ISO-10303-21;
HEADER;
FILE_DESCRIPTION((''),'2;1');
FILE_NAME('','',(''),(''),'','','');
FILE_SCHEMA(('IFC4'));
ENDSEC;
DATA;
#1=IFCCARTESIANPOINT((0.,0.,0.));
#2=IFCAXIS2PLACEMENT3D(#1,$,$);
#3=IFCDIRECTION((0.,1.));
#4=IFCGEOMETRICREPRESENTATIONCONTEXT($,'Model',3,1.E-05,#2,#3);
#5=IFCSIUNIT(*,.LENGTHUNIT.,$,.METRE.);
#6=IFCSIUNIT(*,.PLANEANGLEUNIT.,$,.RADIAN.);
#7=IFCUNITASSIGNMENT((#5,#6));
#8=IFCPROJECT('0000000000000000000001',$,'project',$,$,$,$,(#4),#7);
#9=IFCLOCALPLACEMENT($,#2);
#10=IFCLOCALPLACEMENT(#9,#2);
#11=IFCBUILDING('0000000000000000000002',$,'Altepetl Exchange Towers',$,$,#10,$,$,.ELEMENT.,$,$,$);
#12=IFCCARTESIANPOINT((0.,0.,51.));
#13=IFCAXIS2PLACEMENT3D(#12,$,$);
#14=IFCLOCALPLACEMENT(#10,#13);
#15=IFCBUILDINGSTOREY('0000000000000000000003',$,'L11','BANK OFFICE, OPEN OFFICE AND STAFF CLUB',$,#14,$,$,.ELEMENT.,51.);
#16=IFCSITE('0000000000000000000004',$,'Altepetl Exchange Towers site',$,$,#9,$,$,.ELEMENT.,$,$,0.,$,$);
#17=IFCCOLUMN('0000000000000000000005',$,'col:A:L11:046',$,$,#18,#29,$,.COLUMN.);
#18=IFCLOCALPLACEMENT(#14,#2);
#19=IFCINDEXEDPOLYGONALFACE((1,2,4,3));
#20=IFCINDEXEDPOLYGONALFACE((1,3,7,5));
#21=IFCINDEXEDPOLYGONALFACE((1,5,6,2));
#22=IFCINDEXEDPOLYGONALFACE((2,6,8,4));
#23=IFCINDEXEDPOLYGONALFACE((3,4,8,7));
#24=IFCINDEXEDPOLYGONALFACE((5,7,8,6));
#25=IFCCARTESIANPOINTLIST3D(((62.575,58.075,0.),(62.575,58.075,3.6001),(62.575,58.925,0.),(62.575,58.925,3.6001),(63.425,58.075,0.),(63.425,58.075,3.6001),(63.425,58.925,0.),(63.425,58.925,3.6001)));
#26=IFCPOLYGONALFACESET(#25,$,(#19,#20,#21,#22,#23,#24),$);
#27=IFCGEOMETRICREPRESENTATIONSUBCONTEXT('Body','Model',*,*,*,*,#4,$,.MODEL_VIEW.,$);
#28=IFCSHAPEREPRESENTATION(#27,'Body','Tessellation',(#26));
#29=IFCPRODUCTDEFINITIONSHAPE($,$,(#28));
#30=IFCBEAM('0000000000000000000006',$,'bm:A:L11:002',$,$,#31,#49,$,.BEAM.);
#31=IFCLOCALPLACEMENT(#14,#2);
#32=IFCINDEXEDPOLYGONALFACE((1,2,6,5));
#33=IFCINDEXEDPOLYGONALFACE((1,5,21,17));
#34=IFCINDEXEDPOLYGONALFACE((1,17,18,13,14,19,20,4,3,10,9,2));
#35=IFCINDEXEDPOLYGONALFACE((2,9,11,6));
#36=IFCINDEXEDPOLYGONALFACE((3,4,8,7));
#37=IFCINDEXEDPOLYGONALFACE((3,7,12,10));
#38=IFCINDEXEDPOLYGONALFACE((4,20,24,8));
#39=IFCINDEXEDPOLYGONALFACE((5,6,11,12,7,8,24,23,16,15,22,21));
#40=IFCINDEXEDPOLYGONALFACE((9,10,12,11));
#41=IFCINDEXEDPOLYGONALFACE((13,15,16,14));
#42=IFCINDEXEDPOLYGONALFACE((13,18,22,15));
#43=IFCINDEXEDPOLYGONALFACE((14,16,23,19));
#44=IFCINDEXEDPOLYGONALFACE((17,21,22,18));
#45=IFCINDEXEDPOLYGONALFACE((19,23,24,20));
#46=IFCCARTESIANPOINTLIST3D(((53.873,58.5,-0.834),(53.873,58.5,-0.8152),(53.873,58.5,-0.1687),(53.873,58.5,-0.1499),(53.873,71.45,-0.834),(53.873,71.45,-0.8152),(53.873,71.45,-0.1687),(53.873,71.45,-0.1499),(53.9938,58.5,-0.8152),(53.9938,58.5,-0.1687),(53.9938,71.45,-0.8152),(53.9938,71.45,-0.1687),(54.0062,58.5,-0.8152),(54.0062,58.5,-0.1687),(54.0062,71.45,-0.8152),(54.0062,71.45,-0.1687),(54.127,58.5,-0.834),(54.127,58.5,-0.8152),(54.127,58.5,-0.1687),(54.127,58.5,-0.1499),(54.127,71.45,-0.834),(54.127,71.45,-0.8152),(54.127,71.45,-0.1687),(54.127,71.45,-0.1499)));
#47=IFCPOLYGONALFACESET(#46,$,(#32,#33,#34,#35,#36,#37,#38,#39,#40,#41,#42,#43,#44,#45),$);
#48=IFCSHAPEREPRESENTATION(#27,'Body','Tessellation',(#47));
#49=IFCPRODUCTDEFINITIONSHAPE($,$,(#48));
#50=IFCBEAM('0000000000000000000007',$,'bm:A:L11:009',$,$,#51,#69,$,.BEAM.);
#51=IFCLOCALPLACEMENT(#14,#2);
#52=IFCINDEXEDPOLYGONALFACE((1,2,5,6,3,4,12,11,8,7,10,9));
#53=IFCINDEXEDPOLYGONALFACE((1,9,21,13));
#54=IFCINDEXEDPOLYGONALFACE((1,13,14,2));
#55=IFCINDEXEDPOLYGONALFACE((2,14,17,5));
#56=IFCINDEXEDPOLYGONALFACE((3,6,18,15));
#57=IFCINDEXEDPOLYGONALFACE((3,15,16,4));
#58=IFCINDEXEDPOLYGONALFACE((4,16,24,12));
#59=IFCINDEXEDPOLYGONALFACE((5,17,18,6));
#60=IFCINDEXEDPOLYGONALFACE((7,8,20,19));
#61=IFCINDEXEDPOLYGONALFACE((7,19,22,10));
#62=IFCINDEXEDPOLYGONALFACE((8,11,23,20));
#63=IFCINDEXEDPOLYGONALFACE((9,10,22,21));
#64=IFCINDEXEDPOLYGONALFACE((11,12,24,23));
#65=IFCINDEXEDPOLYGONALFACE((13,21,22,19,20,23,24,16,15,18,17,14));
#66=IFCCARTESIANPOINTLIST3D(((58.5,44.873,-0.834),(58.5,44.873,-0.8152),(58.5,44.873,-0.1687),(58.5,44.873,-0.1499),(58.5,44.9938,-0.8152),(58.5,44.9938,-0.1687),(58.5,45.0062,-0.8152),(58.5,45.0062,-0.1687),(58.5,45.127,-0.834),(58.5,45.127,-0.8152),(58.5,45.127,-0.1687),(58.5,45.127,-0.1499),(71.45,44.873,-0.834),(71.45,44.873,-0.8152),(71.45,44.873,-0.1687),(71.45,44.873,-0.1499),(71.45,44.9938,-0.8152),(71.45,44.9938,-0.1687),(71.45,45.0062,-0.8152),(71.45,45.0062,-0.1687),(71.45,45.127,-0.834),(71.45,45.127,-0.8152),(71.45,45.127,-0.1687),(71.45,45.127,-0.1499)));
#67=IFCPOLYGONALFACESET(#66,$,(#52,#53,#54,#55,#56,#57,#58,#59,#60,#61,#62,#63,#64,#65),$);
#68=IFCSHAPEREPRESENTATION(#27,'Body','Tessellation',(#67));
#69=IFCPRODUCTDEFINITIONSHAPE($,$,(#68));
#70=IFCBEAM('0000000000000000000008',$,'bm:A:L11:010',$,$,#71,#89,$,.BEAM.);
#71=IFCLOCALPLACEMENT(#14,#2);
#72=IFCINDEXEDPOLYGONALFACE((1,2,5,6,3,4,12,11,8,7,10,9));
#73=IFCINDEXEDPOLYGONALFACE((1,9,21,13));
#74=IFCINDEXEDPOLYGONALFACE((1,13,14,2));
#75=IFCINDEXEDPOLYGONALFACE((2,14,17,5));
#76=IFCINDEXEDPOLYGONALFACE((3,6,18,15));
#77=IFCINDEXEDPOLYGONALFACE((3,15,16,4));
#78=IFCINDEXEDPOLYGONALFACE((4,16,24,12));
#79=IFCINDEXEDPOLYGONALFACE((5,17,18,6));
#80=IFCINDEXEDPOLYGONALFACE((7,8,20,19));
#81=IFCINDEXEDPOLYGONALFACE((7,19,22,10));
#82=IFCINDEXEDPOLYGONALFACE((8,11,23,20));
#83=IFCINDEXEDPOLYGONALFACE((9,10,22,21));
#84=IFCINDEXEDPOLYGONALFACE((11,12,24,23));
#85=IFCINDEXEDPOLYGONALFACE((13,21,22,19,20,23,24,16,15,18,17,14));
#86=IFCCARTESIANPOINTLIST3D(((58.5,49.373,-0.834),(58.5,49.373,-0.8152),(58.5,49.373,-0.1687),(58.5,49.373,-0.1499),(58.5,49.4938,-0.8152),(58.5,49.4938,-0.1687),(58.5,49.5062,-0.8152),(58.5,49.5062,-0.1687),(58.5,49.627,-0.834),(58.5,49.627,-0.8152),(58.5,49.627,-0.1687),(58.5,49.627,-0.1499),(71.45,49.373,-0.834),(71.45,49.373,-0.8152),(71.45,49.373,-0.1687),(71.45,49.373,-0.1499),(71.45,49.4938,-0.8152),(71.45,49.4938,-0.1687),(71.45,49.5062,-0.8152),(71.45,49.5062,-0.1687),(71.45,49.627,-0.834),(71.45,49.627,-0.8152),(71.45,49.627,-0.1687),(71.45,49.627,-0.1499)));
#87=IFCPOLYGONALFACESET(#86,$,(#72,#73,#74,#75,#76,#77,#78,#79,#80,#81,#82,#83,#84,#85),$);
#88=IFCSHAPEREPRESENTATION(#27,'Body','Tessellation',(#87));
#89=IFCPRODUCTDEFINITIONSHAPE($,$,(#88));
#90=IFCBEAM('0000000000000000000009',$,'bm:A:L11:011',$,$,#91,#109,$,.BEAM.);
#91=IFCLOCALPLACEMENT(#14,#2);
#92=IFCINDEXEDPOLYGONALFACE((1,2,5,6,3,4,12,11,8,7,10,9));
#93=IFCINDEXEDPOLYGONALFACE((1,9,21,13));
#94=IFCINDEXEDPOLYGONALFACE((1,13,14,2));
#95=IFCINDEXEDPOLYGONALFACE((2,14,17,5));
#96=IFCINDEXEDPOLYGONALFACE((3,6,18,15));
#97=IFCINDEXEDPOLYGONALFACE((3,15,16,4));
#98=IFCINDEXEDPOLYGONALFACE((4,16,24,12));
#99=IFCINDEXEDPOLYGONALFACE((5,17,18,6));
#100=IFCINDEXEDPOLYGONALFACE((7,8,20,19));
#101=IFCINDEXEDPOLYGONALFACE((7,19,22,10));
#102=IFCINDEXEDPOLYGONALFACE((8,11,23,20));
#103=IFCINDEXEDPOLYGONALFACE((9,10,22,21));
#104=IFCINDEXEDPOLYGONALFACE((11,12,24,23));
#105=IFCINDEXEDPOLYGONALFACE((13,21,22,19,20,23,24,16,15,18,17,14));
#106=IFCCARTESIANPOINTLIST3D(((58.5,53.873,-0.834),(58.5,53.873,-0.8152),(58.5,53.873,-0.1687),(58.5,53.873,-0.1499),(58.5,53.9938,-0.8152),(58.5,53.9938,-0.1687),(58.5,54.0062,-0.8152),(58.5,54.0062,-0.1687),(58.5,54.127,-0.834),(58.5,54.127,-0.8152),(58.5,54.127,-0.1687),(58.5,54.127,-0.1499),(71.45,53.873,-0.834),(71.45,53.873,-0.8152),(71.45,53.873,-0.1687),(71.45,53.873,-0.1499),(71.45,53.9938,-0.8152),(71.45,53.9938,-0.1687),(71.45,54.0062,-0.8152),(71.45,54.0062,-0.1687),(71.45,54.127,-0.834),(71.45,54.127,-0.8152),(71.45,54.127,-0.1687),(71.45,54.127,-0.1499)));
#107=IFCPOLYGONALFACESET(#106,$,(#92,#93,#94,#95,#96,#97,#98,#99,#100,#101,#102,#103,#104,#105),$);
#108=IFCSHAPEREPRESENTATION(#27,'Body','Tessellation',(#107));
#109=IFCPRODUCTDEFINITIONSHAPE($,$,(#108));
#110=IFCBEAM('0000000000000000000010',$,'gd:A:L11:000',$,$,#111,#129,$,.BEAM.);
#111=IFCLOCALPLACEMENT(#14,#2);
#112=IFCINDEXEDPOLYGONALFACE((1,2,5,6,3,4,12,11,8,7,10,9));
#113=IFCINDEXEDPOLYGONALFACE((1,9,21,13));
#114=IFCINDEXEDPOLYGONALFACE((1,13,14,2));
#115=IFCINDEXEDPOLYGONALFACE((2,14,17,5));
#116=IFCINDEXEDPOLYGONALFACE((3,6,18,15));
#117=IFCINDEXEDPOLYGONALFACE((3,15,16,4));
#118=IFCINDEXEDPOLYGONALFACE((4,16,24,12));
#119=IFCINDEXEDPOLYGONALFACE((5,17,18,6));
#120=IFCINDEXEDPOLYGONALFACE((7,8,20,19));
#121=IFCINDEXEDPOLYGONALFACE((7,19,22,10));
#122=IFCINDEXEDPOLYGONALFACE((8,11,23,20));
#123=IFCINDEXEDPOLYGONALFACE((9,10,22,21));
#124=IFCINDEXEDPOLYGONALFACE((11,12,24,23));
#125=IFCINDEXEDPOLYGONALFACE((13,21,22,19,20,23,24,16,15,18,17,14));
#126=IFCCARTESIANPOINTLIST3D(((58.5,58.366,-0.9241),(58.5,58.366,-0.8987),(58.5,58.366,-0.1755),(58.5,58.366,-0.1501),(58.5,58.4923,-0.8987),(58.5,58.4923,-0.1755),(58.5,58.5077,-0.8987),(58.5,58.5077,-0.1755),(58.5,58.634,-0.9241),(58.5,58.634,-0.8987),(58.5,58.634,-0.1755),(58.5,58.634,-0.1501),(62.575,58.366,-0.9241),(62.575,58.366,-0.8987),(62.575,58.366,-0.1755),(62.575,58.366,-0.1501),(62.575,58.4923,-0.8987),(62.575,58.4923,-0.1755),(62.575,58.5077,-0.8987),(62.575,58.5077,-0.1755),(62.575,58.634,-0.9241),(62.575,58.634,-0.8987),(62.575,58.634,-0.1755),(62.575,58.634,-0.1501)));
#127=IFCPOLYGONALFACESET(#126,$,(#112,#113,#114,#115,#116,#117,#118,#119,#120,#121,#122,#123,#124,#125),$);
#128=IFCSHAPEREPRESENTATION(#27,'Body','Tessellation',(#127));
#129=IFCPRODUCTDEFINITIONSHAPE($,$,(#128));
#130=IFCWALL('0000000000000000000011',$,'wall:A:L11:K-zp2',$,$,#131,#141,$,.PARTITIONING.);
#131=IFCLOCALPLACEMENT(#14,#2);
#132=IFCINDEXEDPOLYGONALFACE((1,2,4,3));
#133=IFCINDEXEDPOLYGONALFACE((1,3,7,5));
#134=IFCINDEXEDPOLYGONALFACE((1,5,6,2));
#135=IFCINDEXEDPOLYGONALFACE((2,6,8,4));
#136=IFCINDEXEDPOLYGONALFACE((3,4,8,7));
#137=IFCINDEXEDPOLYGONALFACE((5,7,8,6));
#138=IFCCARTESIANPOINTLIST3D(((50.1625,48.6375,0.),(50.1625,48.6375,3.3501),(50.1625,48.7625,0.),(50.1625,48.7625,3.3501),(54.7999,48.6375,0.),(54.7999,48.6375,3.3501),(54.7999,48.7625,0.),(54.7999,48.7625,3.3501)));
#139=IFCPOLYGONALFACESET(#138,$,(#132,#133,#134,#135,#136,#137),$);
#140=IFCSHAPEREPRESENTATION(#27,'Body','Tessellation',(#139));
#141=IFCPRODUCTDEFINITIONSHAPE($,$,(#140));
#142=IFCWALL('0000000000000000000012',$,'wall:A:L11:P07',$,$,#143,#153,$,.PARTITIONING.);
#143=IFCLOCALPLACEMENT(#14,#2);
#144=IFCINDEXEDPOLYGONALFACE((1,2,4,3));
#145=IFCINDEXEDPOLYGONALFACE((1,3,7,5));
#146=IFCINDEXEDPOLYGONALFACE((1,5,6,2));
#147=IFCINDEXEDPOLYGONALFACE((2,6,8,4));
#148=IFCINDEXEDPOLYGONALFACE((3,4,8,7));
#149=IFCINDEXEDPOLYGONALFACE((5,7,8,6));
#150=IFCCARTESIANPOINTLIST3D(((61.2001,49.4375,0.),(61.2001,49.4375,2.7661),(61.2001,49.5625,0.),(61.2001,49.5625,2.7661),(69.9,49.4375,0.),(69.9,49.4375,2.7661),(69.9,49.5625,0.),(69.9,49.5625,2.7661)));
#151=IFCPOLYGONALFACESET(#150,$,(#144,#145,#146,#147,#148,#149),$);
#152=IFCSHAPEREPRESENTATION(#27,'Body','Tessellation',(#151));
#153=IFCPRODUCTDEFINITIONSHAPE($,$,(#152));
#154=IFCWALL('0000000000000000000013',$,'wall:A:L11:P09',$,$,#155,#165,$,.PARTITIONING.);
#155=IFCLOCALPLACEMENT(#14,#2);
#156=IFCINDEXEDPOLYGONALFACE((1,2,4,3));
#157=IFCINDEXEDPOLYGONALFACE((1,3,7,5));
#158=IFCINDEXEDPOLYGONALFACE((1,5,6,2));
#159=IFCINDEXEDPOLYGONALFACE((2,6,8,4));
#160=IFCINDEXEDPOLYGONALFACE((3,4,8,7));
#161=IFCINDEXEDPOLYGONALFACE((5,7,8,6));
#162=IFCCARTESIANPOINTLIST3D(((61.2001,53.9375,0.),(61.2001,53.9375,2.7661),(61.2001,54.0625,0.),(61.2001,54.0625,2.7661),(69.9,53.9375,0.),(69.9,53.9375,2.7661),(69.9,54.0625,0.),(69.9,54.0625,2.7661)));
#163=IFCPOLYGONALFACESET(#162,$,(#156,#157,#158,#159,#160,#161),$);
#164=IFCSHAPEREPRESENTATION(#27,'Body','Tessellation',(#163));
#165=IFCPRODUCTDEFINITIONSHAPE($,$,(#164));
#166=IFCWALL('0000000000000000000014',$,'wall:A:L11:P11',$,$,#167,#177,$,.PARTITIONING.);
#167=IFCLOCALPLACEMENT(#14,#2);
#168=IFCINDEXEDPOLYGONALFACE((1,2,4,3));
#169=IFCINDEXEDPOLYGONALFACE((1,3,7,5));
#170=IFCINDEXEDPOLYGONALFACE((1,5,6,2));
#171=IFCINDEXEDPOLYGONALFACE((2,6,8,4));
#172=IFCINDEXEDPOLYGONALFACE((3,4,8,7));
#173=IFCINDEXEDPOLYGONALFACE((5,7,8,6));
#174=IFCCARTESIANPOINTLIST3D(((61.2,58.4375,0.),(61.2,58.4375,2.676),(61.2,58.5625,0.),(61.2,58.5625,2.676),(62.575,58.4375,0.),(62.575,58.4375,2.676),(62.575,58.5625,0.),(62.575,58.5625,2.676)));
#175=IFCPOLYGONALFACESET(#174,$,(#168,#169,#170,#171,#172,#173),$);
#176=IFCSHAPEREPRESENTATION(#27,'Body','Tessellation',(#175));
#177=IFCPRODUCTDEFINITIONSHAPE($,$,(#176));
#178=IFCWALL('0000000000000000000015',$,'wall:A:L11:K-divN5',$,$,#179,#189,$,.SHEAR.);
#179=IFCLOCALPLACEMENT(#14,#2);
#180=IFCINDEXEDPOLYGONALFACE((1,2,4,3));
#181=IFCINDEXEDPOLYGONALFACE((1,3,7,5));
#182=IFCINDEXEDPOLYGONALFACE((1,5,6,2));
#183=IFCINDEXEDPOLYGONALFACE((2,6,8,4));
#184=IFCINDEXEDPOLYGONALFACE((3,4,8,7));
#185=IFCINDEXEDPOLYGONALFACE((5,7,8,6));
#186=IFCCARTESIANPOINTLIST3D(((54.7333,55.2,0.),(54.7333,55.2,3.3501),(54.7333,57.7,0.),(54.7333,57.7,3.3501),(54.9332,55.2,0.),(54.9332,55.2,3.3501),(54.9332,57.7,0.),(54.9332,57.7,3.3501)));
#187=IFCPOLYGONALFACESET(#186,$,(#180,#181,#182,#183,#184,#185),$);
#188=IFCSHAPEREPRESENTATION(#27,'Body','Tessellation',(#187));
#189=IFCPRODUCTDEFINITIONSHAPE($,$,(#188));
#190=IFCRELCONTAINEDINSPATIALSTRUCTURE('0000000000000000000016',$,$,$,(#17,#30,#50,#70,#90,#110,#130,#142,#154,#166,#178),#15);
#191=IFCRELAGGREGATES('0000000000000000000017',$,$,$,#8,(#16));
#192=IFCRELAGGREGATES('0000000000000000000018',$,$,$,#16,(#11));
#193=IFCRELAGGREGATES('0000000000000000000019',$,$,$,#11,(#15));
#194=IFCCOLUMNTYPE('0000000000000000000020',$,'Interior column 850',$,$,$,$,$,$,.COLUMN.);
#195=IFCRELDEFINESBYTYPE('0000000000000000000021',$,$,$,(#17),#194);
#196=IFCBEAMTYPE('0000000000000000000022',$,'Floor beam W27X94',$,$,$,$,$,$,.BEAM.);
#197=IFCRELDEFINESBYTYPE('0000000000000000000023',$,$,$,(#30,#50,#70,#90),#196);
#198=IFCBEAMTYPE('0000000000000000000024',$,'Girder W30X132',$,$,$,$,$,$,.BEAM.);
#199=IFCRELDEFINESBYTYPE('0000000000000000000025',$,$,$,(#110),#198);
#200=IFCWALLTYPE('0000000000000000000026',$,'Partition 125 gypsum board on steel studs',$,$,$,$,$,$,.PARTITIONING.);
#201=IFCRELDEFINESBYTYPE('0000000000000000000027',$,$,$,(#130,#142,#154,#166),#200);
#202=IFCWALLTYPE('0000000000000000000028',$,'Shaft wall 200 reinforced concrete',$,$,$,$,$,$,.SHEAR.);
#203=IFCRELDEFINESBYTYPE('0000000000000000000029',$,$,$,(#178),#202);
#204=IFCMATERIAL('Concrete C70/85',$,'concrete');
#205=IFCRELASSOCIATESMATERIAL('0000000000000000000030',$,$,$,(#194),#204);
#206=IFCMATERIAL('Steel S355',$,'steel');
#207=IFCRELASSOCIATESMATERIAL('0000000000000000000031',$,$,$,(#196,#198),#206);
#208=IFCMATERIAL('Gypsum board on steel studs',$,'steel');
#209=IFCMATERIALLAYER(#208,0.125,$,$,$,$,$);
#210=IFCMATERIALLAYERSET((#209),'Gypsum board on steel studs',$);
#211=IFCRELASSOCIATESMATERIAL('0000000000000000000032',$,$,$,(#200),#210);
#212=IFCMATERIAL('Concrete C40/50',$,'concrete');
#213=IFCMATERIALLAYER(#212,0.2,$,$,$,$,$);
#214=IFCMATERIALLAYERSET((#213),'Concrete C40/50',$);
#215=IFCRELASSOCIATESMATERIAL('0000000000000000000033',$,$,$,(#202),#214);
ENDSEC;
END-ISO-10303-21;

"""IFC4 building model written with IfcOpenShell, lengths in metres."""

from ifc_helpers import new_model, si_unit, direction, frame, frame_2d, origin, origin_2d, place, context, subcontext, project, spatial, rectangle, i_section, extrude, material, layer, layer_set, material_profile, profile_set, type_object, element, save


model = new_model("IFC4")

# Units and contexts
model_context = context("Model", 3, precision=1e-05, world=origin(), true_north=direction((0.0, 1.0)))
body_context = subcontext(model_context, "Body", "Model", "MODEL_VIEW")
ifc_project = project(units=[si_unit("LENGTHUNIT", "METRE"), si_unit("PLANEANGLEUNIT", "RADIAN")], contexts=[model_context])

# Site, building, storey
site_placement = place(None, origin())
site = spatial("IfcSite", under=ifc_project, at=site_placement, Name="Altepetl Exchange Towers site", CompositionType="ELEMENT", RefElevation=0.0)
building_placement = place(site_placement, origin())
building = spatial("IfcBuilding", under=site, at=building_placement, Name="Altepetl Exchange Towers", CompositionType="ELEMENT")
storey_placement = place(building_placement, frame((0.0, 0.0, 51.0)))
storey = spatial("IfcBuildingStorey", under=building, at=storey_placement, Name="L11", Description="BANK OFFICE, OPEN OFFICE AND STAFF CLUB", CompositionType="ELEMENT", Elevation=51.0)

# Column
ifc_material_1 = material(Name="Concrete C70/85", Category="concrete")
ifc_material_profile_1 = material_profile(ifc_material_1, rectangle(XDim=0.8501, YDim=0.8501, at=origin_2d()), Name="850 x 850")
ifc_profile_set_1 = profile_set([ifc_material_profile_1], Name="Concrete C70/85")
column_type = type_object("IfcColumnType", Name="Interior column 850", PredefinedType="COLUMN", material=ifc_profile_set_1)
column_placement = place(storey_placement, frame((63.0, 58.5, 0.0)))
element("IfcColumn", 1, at=column_placement, inside=storey, type_object=column_type, Name="col:A:L11:046", PredefinedType="COLUMN", context=body_context, shape_type="SweptSolid", body=[
    extrude(rectangle(XDim=0.8501, YDim=0.8501, at=origin_2d()), origin(), (0.0, 0.0, 1.0), 3.6001),
])

# Beams
ifc_material_2 = material(Name="Steel S355", Category="steel")
ifc_material_profile_2 = material_profile(ifc_material_2, i_section(OverallWidth=0.2539, OverallDepth=0.6841, WebThickness=0.0125, FlangeThickness=0.0188, at=origin_2d()), Name="W27X94")
ifc_profile_set_2 = profile_set([ifc_material_profile_2], Name="Steel S355")
beam_type_1 = type_object("IfcBeamType", Name="Floor beam W27X94", PredefinedType="BEAM", material=ifc_profile_set_2)
for number, where, z_axis, x_axis, name in (
    (2, (54.0, 58.5, -0.4919), (0.0, 1.0, 0.0), (-1.0, 0.0, 0.0), "bm:A:L11:002"),
    (3, (58.5, 45.0, -0.4919), (1.0, 0.0, 0.0), (0.0, 1.0, 0.0), "bm:A:L11:009"),
    (4, (58.5, 49.5, -0.4919), (1.0, 0.0, 0.0), (0.0, 1.0, 0.0), "bm:A:L11:010"),
    (5, (58.5, 54.0, -0.4919), (1.0, 0.0, 0.0), (0.0, 1.0, 0.0), "bm:A:L11:011"),
):
    element("IfcBeam", number, at=place(storey_placement, frame(where, z_axis=z_axis, x_axis=x_axis)), inside=storey, type_object=beam_type_1, Name=name, PredefinedType="BEAM", context=body_context, shape_type="SweptSolid", body=[
        extrude(i_section(OverallWidth=0.2539, OverallDepth=0.6841, WebThickness=0.0125, FlangeThickness=0.0188, at=origin_2d()), origin(), (0.0, 0.0, 1.0), 12.95),
    ])
ifc_material_profile_3 = material_profile(ifc_material_2, i_section(OverallWidth=0.2681, OverallDepth=0.7739, WebThickness=0.0154, FlangeThickness=0.0254, at=origin_2d()), Name="W30X132")
ifc_profile_set_3 = profile_set([ifc_material_profile_3], Name="Steel S355")
beam_type_2 = type_object("IfcBeamType", Name="Girder W30X132", PredefinedType="BEAM", material=ifc_profile_set_3)
beam_placement = place(storey_placement, frame((58.5, 58.5, -0.5371), z_axis=(1.0, 0.0, 0.0), x_axis=(0.0, 1.0, 0.0)))
element("IfcBeam", 6, at=beam_placement, inside=storey, type_object=beam_type_2, Name="gd:A:L11:000", PredefinedType="BEAM", context=body_context, shape_type="SweptSolid", body=[
    extrude(i_section(OverallWidth=0.2681, OverallDepth=0.7739, WebThickness=0.0154, FlangeThickness=0.0254, at=origin_2d()), origin(), (0.0, 0.0, 1.0), 4.075),
])

# Walls
ifc_material_3 = material(Name="Gypsum board on steel studs", Category="steel")
ifc_layer_1 = layer(ifc_material_3, 0.125)
ifc_layer_set_1 = layer_set([ifc_layer_1], Name="Gypsum board on steel studs")
wall_type_1 = type_object("IfcWallType", Name="Partition 125 gypsum board on steel studs", PredefinedType="PARTITIONING", material=ifc_layer_set_1)
wall_1_placement = place(storey_placement, frame((54.8, 48.7, 0.0), z_axis=(0.0, 0.0, 1.0), x_axis=(-1.0, 0.0, 0.0)))
element("IfcWall", 7, at=wall_1_placement, inside=storey, type_object=wall_type_1, Name="wall:A:L11:K-zp2", PredefinedType="PARTITIONING", context=body_context, shape_type="SweptSolid", body=[
    extrude(rectangle(XDim=4.6375, YDim=0.125, at=frame_2d((2.3188, 0.0))), origin(), (0.0, 0.0, 1.0), 3.3501),
])
for number, where, name in (
    (8, (61.2, 49.5, 0.0), "wall:A:L11:P07"),
    (9, (61.2, 54.0, 0.0), "wall:A:L11:P09"),
):
    element("IfcWall", number, at=place(storey_placement, frame(where)), inside=storey, type_object=wall_type_1, Name=name, PredefinedType="PARTITIONING", context=body_context, shape_type="SweptSolid", body=[
        extrude(rectangle(XDim=8.7, YDim=0.125, at=frame_2d((4.3501, 0.0))), origin(), (0.0, 0.0, 1.0), 2.7661),
    ])
wall_2_placement = place(storey_placement, frame((61.2, 58.5, 0.0)))
element("IfcWall", 10, at=wall_2_placement, inside=storey, type_object=wall_type_1, Name="wall:A:L11:P11", PredefinedType="PARTITIONING", context=body_context, shape_type="SweptSolid", body=[
    extrude(rectangle(XDim=1.375, YDim=0.125, at=frame_2d((0.6875, 0.0))), origin(), (0.0, 0.0, 1.0), 2.676),
])
ifc_material_4 = material(Name="Concrete C40/50", Category="concrete")
ifc_layer_2 = layer(ifc_material_4, 0.2)
ifc_layer_set_2 = layer_set([ifc_layer_2], Name="Concrete C40/50")
wall_type_2 = type_object("IfcWallType", Name="Shaft wall 200 reinforced concrete", PredefinedType="SHEAR", material=ifc_layer_set_2)
wall_3_placement = place(storey_placement, frame((54.8333, 57.7, 0.0), z_axis=(0.0, 0.0, 1.0), x_axis=(0.0, -1.0, 0.0)))
element("IfcWall", 11, at=wall_3_placement, inside=storey, type_object=wall_type_2, Name="wall:A:L11:K-divN5", PredefinedType="SHEAR", context=body_context, shape_type="SweptSolid", body=[
    extrude(rectangle(XDim=2.5, YDim=0.2, at=frame_2d((1.25, 0.0))), origin(), (0.0, 0.0, 1.0), 3.3501),
])

save(model, "model.ifc")
